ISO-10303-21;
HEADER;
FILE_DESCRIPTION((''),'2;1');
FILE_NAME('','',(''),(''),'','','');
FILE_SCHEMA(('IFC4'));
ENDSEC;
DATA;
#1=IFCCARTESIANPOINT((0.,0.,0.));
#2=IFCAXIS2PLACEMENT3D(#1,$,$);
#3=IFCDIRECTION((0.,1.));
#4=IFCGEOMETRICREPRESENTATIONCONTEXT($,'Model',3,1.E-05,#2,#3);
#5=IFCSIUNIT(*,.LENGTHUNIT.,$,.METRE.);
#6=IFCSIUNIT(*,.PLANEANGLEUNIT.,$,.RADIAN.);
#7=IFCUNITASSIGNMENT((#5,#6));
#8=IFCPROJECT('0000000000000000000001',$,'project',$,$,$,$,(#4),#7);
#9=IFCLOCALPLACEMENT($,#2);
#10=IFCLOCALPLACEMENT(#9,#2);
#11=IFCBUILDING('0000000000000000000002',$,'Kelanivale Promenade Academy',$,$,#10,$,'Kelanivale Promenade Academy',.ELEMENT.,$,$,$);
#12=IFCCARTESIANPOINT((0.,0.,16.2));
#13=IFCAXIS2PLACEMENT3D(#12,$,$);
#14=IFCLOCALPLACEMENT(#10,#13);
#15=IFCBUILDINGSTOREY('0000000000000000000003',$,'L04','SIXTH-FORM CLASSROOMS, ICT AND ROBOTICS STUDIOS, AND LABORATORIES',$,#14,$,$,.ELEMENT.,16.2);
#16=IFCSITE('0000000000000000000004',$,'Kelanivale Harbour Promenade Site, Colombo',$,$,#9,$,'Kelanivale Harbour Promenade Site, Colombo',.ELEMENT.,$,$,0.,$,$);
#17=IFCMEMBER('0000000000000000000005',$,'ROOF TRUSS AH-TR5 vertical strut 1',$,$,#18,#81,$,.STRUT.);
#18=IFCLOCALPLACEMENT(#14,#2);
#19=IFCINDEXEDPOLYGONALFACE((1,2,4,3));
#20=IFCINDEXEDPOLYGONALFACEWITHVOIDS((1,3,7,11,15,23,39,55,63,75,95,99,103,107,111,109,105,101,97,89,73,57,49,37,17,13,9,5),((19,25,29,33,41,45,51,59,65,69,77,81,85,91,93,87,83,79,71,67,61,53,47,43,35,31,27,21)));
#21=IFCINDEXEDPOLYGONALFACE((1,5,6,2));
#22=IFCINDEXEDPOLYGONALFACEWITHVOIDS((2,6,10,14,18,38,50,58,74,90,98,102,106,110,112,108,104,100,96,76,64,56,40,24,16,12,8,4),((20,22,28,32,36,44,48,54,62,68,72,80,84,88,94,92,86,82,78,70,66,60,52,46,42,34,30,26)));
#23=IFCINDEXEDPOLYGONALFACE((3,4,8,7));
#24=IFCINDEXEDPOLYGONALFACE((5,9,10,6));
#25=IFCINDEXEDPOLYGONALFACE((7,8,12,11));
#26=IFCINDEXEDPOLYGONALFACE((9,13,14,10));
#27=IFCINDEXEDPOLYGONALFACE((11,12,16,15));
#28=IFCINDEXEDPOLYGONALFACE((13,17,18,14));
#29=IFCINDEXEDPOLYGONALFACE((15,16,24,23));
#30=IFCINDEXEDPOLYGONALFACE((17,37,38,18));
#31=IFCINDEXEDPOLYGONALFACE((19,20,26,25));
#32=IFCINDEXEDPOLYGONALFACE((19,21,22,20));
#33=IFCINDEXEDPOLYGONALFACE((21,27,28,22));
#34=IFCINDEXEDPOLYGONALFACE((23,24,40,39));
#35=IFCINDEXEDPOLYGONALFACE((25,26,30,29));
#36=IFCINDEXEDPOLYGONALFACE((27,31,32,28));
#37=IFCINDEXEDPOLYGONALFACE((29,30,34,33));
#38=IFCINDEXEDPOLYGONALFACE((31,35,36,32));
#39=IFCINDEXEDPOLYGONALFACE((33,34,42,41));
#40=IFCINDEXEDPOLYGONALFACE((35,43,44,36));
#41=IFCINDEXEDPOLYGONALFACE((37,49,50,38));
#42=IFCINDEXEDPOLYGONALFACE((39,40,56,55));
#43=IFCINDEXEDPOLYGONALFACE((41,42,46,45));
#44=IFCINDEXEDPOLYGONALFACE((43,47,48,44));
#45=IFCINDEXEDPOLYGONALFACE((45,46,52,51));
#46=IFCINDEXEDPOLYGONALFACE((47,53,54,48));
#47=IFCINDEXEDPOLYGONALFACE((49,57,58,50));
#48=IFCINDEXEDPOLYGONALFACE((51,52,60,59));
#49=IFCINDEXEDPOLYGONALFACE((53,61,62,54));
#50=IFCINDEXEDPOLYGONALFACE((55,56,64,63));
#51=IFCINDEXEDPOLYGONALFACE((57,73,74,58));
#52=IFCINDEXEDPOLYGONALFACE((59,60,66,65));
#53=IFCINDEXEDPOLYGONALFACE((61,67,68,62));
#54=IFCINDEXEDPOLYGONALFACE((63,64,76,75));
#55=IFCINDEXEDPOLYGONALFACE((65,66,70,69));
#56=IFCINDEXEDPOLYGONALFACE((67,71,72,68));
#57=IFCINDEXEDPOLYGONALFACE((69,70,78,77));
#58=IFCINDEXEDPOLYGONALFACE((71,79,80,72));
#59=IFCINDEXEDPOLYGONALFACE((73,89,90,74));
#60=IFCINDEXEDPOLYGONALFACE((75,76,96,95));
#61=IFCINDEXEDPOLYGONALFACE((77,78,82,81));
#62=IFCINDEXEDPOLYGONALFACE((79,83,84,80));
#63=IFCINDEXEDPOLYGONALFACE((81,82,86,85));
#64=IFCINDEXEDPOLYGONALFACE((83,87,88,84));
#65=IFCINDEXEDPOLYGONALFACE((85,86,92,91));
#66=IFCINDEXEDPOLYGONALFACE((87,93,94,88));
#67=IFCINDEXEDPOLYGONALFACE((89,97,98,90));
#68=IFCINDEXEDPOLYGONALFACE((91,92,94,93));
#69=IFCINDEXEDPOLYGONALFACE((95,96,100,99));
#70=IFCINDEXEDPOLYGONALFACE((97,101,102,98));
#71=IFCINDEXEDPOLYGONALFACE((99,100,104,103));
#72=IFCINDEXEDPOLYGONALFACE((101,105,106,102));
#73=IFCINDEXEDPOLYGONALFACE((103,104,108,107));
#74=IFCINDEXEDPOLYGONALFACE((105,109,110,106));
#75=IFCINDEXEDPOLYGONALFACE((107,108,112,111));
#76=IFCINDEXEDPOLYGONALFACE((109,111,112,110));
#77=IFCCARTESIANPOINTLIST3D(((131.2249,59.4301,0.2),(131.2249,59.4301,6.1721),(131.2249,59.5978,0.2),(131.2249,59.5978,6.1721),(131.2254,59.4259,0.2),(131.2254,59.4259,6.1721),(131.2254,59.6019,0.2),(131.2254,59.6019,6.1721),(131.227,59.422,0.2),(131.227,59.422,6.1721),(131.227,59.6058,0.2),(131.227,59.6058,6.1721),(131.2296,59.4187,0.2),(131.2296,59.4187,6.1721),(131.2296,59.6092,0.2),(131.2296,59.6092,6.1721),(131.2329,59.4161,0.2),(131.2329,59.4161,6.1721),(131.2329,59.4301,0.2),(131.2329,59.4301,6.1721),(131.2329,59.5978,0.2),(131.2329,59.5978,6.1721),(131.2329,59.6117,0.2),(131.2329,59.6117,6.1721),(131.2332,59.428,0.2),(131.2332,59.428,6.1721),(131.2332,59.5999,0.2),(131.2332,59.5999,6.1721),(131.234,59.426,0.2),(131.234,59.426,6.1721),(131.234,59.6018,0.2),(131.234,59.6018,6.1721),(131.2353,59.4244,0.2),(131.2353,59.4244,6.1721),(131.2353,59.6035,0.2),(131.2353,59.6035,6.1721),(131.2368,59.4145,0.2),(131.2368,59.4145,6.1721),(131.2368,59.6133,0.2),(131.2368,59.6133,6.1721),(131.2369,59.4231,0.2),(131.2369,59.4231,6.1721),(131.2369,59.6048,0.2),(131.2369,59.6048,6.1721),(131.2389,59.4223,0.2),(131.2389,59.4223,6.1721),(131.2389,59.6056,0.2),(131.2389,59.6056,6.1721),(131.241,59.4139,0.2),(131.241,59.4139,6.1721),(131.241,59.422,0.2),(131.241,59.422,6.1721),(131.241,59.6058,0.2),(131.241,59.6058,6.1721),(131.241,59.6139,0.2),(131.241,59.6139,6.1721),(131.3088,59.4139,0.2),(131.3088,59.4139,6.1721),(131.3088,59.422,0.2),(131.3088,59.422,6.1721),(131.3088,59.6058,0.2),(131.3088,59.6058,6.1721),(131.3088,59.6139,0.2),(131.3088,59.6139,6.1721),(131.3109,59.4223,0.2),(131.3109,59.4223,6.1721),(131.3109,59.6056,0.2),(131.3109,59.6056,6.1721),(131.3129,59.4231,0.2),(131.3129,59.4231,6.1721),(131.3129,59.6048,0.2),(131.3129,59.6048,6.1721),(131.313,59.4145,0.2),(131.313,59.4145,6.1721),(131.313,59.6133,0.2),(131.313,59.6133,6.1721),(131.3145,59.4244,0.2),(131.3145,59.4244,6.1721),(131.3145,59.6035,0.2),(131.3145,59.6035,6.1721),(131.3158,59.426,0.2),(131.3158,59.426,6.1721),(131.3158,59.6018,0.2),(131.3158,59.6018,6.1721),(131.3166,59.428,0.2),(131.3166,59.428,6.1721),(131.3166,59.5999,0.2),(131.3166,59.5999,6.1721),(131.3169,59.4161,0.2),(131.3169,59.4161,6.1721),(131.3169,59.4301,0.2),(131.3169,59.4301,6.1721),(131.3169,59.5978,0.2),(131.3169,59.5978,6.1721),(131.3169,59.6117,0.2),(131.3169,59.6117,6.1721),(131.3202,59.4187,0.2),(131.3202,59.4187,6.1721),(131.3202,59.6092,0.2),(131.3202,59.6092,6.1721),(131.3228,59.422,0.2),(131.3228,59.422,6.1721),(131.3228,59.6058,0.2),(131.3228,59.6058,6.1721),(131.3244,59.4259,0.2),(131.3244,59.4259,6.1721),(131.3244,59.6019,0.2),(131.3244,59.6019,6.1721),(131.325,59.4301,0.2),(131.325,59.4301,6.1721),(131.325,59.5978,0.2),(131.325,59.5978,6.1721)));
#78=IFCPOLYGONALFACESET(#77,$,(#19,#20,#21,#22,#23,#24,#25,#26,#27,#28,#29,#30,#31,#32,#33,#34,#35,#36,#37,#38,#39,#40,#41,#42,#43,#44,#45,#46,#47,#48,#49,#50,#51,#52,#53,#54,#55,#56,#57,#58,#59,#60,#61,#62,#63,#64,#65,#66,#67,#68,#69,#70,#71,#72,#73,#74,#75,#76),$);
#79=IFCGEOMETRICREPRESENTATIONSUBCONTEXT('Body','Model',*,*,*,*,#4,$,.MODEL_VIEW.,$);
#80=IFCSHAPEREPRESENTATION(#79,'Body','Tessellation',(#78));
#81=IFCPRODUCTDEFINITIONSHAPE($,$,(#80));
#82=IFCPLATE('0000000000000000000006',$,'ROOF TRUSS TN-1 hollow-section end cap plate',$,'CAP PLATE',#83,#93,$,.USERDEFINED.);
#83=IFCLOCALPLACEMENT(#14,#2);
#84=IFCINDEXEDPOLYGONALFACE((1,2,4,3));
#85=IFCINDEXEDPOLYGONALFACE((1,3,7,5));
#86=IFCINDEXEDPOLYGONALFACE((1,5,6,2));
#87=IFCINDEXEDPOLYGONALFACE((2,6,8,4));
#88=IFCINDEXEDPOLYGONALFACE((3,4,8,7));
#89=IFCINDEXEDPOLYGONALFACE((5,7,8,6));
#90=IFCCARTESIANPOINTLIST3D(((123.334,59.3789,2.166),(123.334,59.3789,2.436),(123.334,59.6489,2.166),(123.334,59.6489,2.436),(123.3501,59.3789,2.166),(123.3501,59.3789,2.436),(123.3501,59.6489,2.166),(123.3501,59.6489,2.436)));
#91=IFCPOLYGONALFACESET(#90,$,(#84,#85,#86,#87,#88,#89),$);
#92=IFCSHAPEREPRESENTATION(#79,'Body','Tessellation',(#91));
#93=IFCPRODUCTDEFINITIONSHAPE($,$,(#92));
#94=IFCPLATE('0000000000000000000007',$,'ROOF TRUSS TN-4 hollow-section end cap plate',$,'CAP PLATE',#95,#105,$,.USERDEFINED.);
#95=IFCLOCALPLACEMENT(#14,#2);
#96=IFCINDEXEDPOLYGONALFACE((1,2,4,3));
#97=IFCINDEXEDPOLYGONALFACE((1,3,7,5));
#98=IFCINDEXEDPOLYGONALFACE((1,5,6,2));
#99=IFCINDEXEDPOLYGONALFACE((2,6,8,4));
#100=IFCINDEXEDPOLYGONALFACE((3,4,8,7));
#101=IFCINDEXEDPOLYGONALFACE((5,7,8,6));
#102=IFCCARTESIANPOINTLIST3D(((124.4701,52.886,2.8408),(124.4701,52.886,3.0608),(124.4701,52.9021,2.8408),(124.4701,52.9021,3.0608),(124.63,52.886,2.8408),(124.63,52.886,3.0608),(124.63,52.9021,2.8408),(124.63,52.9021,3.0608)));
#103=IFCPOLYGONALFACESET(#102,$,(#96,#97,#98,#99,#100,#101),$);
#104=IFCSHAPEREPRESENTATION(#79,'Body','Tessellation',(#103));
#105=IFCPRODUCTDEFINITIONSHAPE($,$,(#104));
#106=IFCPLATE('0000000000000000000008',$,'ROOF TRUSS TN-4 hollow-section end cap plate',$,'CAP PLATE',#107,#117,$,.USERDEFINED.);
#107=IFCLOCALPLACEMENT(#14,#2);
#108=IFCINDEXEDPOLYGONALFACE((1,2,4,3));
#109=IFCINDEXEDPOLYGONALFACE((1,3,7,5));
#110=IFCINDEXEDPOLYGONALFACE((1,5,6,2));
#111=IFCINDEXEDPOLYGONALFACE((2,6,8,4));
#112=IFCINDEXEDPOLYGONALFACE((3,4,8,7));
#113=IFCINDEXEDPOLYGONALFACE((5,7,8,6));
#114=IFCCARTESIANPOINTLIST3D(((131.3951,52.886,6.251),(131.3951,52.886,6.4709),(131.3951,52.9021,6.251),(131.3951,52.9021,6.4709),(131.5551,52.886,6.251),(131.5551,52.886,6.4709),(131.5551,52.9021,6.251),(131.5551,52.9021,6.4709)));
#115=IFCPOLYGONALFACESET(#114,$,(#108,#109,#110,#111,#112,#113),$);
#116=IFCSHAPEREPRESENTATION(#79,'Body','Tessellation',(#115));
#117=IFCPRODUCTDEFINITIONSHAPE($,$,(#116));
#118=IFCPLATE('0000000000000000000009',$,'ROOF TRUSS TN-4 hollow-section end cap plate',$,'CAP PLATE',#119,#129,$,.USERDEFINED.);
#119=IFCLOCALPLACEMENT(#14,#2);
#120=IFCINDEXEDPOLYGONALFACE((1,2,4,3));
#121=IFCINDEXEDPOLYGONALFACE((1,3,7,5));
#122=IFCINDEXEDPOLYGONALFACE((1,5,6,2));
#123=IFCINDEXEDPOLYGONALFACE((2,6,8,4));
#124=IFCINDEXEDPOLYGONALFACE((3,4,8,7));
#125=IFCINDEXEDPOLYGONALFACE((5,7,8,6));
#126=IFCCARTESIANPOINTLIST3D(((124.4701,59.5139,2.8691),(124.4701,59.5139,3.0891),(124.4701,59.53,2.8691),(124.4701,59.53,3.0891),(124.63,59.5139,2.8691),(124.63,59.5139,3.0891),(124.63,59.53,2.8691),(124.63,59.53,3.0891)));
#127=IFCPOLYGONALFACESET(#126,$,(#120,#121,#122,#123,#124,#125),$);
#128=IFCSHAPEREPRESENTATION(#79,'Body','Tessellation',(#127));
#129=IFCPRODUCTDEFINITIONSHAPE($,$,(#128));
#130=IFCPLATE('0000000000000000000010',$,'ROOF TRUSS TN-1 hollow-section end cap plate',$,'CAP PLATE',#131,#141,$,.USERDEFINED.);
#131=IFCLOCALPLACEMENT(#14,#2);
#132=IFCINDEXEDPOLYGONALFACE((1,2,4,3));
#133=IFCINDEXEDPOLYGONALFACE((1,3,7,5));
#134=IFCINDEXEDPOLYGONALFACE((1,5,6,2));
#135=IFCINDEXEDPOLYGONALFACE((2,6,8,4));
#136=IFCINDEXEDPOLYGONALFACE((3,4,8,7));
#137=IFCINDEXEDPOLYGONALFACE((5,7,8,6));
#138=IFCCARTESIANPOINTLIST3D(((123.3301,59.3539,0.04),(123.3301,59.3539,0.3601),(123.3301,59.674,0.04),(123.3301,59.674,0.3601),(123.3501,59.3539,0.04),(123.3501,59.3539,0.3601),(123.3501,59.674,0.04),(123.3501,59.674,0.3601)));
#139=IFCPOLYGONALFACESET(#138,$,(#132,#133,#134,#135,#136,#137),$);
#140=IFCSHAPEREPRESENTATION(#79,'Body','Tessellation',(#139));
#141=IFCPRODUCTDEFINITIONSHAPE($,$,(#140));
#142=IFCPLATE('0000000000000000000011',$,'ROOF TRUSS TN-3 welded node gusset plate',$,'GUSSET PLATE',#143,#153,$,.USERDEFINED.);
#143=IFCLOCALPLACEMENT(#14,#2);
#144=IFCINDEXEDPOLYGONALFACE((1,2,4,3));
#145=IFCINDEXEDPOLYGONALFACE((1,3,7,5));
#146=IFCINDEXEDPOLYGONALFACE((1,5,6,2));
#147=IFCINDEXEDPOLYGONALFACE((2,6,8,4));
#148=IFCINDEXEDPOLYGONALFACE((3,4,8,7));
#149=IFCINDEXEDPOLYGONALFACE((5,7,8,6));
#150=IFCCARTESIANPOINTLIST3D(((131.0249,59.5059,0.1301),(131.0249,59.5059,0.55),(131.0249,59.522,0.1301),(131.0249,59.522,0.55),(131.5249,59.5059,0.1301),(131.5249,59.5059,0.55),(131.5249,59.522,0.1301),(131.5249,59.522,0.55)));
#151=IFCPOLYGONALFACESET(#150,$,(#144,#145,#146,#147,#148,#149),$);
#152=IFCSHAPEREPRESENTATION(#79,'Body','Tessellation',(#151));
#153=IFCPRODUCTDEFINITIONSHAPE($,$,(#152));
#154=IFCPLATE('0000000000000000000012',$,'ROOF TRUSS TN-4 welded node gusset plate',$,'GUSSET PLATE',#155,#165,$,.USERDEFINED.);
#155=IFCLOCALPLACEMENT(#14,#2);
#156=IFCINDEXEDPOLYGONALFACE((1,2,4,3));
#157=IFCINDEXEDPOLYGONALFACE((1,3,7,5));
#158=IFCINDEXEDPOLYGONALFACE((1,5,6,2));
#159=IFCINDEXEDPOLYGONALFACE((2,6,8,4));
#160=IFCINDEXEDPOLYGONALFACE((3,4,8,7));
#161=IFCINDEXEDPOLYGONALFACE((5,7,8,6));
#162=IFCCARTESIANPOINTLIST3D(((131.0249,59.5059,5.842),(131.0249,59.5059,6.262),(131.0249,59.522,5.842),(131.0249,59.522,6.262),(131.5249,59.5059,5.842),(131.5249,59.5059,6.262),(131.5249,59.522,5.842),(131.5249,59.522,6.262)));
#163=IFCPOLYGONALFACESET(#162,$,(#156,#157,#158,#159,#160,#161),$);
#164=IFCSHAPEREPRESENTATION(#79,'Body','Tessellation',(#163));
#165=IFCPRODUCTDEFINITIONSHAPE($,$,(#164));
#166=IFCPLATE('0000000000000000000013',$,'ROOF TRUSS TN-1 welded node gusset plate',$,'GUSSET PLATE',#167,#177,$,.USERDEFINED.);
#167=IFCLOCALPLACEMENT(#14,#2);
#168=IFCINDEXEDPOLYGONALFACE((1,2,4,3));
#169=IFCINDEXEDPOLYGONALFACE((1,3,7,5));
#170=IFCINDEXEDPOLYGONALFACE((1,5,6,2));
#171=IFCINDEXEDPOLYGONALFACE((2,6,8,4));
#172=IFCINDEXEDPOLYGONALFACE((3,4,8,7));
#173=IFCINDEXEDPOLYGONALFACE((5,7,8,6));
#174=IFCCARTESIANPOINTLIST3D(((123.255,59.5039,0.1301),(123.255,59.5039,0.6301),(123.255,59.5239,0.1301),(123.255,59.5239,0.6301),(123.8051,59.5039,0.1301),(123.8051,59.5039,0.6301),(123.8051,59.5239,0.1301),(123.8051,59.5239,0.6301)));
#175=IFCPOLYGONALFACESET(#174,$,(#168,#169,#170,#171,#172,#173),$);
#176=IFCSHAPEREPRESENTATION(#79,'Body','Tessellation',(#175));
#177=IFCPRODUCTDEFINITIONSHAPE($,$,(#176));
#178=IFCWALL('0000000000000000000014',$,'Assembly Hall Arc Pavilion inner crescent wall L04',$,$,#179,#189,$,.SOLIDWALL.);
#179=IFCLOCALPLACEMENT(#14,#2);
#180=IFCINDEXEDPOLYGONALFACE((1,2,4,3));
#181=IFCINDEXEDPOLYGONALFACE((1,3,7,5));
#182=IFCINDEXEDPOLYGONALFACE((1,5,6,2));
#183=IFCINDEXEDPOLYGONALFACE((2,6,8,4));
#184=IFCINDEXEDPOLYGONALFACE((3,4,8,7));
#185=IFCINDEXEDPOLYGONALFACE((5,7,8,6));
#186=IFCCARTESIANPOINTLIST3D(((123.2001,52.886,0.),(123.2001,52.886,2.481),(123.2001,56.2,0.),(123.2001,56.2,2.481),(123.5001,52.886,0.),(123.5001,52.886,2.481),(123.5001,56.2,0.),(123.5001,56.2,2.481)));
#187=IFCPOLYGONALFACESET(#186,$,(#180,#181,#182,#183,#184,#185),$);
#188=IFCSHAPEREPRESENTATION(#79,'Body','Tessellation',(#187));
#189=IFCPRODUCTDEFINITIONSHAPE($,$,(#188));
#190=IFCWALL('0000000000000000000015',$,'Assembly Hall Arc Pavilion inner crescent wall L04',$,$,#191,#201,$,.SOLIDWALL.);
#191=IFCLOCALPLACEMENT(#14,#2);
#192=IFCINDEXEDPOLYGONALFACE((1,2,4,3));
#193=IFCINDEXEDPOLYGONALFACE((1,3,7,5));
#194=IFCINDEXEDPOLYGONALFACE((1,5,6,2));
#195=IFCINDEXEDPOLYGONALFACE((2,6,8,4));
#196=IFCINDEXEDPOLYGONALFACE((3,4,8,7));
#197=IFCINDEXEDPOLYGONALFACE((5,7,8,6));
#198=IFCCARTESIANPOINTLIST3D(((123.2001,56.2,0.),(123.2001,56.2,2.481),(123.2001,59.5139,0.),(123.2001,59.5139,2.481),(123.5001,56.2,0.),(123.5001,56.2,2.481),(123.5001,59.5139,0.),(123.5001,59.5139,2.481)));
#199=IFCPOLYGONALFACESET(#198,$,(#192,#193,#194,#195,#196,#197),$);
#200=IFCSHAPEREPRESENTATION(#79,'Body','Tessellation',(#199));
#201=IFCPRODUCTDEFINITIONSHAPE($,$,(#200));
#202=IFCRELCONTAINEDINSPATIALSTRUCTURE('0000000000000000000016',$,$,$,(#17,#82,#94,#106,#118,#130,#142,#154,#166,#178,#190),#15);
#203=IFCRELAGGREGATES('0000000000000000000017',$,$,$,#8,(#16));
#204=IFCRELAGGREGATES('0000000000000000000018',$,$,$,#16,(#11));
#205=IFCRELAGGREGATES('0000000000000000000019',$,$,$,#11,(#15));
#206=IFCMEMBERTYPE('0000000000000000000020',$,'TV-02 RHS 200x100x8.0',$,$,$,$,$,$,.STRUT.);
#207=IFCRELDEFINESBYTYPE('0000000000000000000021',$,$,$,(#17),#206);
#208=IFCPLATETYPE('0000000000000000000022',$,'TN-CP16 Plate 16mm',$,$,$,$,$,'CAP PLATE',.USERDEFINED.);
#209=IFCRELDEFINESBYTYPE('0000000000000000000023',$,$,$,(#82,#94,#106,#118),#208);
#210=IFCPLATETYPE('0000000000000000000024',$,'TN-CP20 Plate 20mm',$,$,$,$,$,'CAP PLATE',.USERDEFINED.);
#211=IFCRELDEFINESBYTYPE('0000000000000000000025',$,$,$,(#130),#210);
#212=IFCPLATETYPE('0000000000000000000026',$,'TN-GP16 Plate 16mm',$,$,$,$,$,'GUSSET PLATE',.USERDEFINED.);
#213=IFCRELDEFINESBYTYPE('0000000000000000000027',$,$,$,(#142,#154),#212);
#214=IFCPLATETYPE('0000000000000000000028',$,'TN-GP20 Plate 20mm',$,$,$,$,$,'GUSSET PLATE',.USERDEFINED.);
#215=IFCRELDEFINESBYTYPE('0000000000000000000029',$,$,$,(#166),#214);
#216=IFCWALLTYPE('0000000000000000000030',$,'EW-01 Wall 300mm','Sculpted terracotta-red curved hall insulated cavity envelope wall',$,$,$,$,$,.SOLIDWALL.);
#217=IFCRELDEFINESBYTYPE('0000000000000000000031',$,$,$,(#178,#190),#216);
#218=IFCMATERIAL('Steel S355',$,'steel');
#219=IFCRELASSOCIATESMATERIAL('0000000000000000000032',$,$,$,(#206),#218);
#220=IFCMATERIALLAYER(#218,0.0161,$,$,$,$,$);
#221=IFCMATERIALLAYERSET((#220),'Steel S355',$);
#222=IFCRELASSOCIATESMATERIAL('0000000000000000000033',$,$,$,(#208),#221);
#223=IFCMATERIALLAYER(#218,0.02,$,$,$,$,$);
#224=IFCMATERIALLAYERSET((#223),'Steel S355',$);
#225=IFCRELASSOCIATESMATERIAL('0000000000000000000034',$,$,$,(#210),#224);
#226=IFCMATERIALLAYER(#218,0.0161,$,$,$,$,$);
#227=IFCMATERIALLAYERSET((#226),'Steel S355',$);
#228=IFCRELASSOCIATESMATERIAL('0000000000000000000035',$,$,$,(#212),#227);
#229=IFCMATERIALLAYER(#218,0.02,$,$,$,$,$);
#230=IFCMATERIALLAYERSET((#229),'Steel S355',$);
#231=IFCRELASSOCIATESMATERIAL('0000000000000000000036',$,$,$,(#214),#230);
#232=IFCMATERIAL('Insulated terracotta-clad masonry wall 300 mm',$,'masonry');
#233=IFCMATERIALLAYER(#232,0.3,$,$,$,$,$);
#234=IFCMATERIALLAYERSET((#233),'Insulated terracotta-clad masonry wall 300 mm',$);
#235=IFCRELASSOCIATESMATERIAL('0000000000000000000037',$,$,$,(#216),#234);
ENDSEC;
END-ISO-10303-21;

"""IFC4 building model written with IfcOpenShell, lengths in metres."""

from ifc_helpers import new_model, si_unit, direction, frame, frame_2d, origin, origin_2d, place, context, subcontext, project, spatial, rectangle, hollow_rectangle, extrude, material, layer, layer_set, material_profile, profile_set, type_object, element, save


model = new_model("IFC4")

# Units and contexts
model_context = context("Model", 3, precision=1e-05, world=origin(), true_north=direction((0.0, 1.0)))
body_context = subcontext(model_context, "Body", "Model", "MODEL_VIEW")
ifc_project = project(units=[si_unit("LENGTHUNIT", "METRE"), si_unit("PLANEANGLEUNIT", "RADIAN")], contexts=[model_context])

# Site, building, storey
site_placement = place(None, origin())
site = spatial("IfcSite", under=ifc_project, at=site_placement, Name="Kelanivale Harbour Promenade Site, Colombo", LongName="Kelanivale Harbour Promenade Site, Colombo", CompositionType="ELEMENT", RefElevation=0.0)
building_placement = place(site_placement, origin())
building = spatial("IfcBuilding", under=site, at=building_placement, Name="Kelanivale Promenade Academy", LongName="Kelanivale Promenade Academy", CompositionType="ELEMENT")
storey_placement = place(building_placement, frame((0.0, 0.0, 16.2)))
storey = spatial("IfcBuildingStorey", under=building, at=storey_placement, Name="L04", Description="SIXTH-FORM CLASSROOMS, ICT AND ROBOTICS STUDIOS, AND LABORATORIES", CompositionType="ELEMENT", Elevation=16.2)

# Shared definitions
ifc_material_1 = material(Name="Steel S355", Category="steel")

# Member
ifc_material_profile_1 = material_profile(ifc_material_1, hollow_rectangle(XDim=0.1001, YDim=0.2, WallThickness=0.0081, InnerFilletRadius=0.0081, OuterFilletRadius=0.0161, at=origin_2d()), Name="RHS 200x100x8.0")
ifc_profile_set_1 = profile_set([ifc_material_profile_1], Name="Steel S355")
member_type_1 = type_object("IfcMemberType", Name="TV-02 RHS 200x100x8.0", PredefinedType="STRUT", material=ifc_profile_set_1)
member_1_placement = place(storey_placement, frame((131.2749, 59.5139, 0.2), z_axis=(0.0, 0.0, 1.0), x_axis=(1.0, 0.0, 0.0)))
element("IfcMember", 1, at=member_1_placement, inside=storey, type_object=member_type_1, Name="ROOF TRUSS AH-TR5 vertical strut 1", PredefinedType="STRUT", context=body_context, shape_type="SweptSolid", body=[
    extrude(hollow_rectangle(XDim=0.1001, YDim=0.2, WallThickness=0.0081, InnerFilletRadius=0.0081, OuterFilletRadius=0.0161, at=origin_2d()), origin(), (0.0, 0.0, 1.0), 5.9722),
])

# Plates
ifc_layer_1 = layer(ifc_material_1, 0.0161)
ifc_layer_set_1 = layer_set([ifc_layer_1], Name="Steel S355")
plate_type_1 = type_object("IfcPlateType", Name="TN-CP16 Plate 16mm", ElementType="CAP PLATE", PredefinedType="USERDEFINED", material=ifc_layer_set_1)
plate_1_placement = place(storey_placement, frame((123.342, 59.5139, 2.166), z_axis=(0.0, 0.0, 1.0), x_axis=(-1.0, 0.0, 0.0)))
element("IfcPlate", 2, at=plate_1_placement, inside=storey, type_object=plate_type_1, Name="ROOF TRUSS TN-1 hollow-section end cap plate", ObjectType="CAP PLATE", PredefinedType="USERDEFINED", context=body_context, shape_type="SweptSolid", body=[
    extrude(rectangle(XDim=0.0161, YDim=0.27, at=origin_2d()), origin(), (0.0, 0.0, 1.0), 0.27),
])
for number, where, z_axis, x_axis, name in (
    (3, (124.55, 52.894, 2.8408), (0.0, 0.0, 1.0), (0.0, 1.0, 0.0), "ROOF TRUSS TN-4 hollow-section end cap plate"),
    (4, (131.4751, 52.894, 6.251), (0.0, 0.0, 1.0), (0.0, 1.0, 0.0), "ROOF TRUSS TN-4 hollow-section end cap plate"),
    (5, (124.55, 59.522, 2.8691), (0.0, 0.0, 1.0), (0.0, 1.0, 0.0), "ROOF TRUSS TN-4 hollow-section end cap plate"),
):
    element("IfcPlate", number, at=place(storey_placement, frame(where, z_axis=z_axis, x_axis=x_axis)), inside=storey, type_object=plate_type_1, Name=name, ObjectType="CAP PLATE", PredefinedType="USERDEFINED", context=body_context, shape_type="SweptSolid", body=[
        extrude(rectangle(XDim=0.0161, YDim=0.1599, at=origin_2d()), origin(), (0.0, 0.0, 1.0), 0.22),
    ])
ifc_layer_2 = layer(ifc_material_1, 0.02)
ifc_layer_set_2 = layer_set([ifc_layer_2], Name="Steel S355")
plate_type_2 = type_object("IfcPlateType", Name="TN-CP20 Plate 20mm", ElementType="CAP PLATE", PredefinedType="USERDEFINED", material=ifc_layer_set_2)
plate_2_placement = place(storey_placement, frame((123.3401, 59.5139, 0.04), z_axis=(0.0, 0.0, 1.0), x_axis=(-1.0, 0.0, 0.0)))
element("IfcPlate", 6, at=plate_2_placement, inside=storey, type_object=plate_type_2, Name="ROOF TRUSS TN-1 hollow-section end cap plate", ObjectType="CAP PLATE", PredefinedType="USERDEFINED", context=body_context, shape_type="SweptSolid", body=[
    extrude(rectangle(XDim=0.02, YDim=0.3201, at=origin_2d()), origin(), (0.0, 0.0, 1.0), 0.3201),
])
ifc_layer_3 = layer(ifc_material_1, 0.0161)
ifc_layer_set_3 = layer_set([ifc_layer_3], Name="Steel S355")
plate_type_3 = type_object("IfcPlateType", Name="TN-GP16 Plate 16mm", ElementType="GUSSET PLATE", PredefinedType="USERDEFINED", material=ifc_layer_set_3)
for number, where, z_axis, x_axis, name in (
    (7, (131.2749, 59.5139, 0.1301), (0.0, 0.0, 1.0), (1.0, 0.0, 0.0), "ROOF TRUSS TN-3 welded node gusset plate"),
    (8, (131.2749, 59.5139, 5.842), (0.0, 0.0, 1.0), (1.0, 0.0, 0.0), "ROOF TRUSS TN-4 welded node gusset plate"),
):
    element("IfcPlate", number, at=place(storey_placement, frame(where, z_axis=z_axis, x_axis=x_axis)), inside=storey, type_object=plate_type_3, Name=name, ObjectType="GUSSET PLATE", PredefinedType="USERDEFINED", context=body_context, shape_type="SweptSolid", body=[
        extrude(rectangle(XDim=0.5, YDim=0.0161, at=origin_2d()), origin(), (0.0, 0.0, 1.0), 0.4199),
    ])
ifc_layer_4 = layer(ifc_material_1, 0.02)
ifc_layer_set_4 = layer_set([ifc_layer_4], Name="Steel S355")
plate_type_4 = type_object("IfcPlateType", Name="TN-GP20 Plate 20mm", ElementType="GUSSET PLATE", PredefinedType="USERDEFINED", material=ifc_layer_set_4)
plate_3_placement = place(storey_placement, frame((123.53, 59.5139, 0.1301), z_axis=(0.0, 0.0, 1.0), x_axis=(1.0, 0.0, 0.0)))
element("IfcPlate", 9, at=plate_3_placement, inside=storey, type_object=plate_type_4, Name="ROOF TRUSS TN-1 welded node gusset plate", ObjectType="GUSSET PLATE", PredefinedType="USERDEFINED", context=body_context, shape_type="SweptSolid", body=[
    extrude(rectangle(XDim=0.55, YDim=0.02, at=origin_2d()), origin(), (0.0, 0.0, 1.0), 0.5),
])

# Walls
ifc_material_2 = material(Name="Insulated terracotta-clad masonry wall 300 mm", Category="masonry")
ifc_layer_5 = layer(ifc_material_2, 0.3)
ifc_layer_set_5 = layer_set([ifc_layer_5], Name="Insulated terracotta-clad masonry wall 300 mm")
wall_type = type_object("IfcWallType", Name="EW-01 Wall 300mm", Description="Sculpted terracotta-red curved hall insulated cavity envelope wall", PredefinedType="SOLIDWALL", material=ifc_layer_set_5)
for number, where, z_axis, x_axis, name in (
    (10, (123.3501, 56.2, 0.0), (0.0, 0.0, 1.0), (0.0, -1.0, 0.0), "Assembly Hall Arc Pavilion inner crescent wall L04"),
    (11, (123.3501, 59.5139, 0.0), (0.0, 0.0, 1.0), (0.0, -1.0, 0.0), "Assembly Hall Arc Pavilion inner crescent wall L04"),
):
    element("IfcWall", number, at=place(storey_placement, frame(where, z_axis=z_axis, x_axis=x_axis)), inside=storey, type_object=wall_type, Name=name, PredefinedType="SOLIDWALL", context=body_context, shape_type="SweptSolid", body=[
        extrude(rectangle(XDim=3.314, YDim=0.3, at=frame_2d((1.657, 0.0))), origin(), (0.0, 0.0, 1.0), 2.481),
    ])

save(model, "model.ifc")
